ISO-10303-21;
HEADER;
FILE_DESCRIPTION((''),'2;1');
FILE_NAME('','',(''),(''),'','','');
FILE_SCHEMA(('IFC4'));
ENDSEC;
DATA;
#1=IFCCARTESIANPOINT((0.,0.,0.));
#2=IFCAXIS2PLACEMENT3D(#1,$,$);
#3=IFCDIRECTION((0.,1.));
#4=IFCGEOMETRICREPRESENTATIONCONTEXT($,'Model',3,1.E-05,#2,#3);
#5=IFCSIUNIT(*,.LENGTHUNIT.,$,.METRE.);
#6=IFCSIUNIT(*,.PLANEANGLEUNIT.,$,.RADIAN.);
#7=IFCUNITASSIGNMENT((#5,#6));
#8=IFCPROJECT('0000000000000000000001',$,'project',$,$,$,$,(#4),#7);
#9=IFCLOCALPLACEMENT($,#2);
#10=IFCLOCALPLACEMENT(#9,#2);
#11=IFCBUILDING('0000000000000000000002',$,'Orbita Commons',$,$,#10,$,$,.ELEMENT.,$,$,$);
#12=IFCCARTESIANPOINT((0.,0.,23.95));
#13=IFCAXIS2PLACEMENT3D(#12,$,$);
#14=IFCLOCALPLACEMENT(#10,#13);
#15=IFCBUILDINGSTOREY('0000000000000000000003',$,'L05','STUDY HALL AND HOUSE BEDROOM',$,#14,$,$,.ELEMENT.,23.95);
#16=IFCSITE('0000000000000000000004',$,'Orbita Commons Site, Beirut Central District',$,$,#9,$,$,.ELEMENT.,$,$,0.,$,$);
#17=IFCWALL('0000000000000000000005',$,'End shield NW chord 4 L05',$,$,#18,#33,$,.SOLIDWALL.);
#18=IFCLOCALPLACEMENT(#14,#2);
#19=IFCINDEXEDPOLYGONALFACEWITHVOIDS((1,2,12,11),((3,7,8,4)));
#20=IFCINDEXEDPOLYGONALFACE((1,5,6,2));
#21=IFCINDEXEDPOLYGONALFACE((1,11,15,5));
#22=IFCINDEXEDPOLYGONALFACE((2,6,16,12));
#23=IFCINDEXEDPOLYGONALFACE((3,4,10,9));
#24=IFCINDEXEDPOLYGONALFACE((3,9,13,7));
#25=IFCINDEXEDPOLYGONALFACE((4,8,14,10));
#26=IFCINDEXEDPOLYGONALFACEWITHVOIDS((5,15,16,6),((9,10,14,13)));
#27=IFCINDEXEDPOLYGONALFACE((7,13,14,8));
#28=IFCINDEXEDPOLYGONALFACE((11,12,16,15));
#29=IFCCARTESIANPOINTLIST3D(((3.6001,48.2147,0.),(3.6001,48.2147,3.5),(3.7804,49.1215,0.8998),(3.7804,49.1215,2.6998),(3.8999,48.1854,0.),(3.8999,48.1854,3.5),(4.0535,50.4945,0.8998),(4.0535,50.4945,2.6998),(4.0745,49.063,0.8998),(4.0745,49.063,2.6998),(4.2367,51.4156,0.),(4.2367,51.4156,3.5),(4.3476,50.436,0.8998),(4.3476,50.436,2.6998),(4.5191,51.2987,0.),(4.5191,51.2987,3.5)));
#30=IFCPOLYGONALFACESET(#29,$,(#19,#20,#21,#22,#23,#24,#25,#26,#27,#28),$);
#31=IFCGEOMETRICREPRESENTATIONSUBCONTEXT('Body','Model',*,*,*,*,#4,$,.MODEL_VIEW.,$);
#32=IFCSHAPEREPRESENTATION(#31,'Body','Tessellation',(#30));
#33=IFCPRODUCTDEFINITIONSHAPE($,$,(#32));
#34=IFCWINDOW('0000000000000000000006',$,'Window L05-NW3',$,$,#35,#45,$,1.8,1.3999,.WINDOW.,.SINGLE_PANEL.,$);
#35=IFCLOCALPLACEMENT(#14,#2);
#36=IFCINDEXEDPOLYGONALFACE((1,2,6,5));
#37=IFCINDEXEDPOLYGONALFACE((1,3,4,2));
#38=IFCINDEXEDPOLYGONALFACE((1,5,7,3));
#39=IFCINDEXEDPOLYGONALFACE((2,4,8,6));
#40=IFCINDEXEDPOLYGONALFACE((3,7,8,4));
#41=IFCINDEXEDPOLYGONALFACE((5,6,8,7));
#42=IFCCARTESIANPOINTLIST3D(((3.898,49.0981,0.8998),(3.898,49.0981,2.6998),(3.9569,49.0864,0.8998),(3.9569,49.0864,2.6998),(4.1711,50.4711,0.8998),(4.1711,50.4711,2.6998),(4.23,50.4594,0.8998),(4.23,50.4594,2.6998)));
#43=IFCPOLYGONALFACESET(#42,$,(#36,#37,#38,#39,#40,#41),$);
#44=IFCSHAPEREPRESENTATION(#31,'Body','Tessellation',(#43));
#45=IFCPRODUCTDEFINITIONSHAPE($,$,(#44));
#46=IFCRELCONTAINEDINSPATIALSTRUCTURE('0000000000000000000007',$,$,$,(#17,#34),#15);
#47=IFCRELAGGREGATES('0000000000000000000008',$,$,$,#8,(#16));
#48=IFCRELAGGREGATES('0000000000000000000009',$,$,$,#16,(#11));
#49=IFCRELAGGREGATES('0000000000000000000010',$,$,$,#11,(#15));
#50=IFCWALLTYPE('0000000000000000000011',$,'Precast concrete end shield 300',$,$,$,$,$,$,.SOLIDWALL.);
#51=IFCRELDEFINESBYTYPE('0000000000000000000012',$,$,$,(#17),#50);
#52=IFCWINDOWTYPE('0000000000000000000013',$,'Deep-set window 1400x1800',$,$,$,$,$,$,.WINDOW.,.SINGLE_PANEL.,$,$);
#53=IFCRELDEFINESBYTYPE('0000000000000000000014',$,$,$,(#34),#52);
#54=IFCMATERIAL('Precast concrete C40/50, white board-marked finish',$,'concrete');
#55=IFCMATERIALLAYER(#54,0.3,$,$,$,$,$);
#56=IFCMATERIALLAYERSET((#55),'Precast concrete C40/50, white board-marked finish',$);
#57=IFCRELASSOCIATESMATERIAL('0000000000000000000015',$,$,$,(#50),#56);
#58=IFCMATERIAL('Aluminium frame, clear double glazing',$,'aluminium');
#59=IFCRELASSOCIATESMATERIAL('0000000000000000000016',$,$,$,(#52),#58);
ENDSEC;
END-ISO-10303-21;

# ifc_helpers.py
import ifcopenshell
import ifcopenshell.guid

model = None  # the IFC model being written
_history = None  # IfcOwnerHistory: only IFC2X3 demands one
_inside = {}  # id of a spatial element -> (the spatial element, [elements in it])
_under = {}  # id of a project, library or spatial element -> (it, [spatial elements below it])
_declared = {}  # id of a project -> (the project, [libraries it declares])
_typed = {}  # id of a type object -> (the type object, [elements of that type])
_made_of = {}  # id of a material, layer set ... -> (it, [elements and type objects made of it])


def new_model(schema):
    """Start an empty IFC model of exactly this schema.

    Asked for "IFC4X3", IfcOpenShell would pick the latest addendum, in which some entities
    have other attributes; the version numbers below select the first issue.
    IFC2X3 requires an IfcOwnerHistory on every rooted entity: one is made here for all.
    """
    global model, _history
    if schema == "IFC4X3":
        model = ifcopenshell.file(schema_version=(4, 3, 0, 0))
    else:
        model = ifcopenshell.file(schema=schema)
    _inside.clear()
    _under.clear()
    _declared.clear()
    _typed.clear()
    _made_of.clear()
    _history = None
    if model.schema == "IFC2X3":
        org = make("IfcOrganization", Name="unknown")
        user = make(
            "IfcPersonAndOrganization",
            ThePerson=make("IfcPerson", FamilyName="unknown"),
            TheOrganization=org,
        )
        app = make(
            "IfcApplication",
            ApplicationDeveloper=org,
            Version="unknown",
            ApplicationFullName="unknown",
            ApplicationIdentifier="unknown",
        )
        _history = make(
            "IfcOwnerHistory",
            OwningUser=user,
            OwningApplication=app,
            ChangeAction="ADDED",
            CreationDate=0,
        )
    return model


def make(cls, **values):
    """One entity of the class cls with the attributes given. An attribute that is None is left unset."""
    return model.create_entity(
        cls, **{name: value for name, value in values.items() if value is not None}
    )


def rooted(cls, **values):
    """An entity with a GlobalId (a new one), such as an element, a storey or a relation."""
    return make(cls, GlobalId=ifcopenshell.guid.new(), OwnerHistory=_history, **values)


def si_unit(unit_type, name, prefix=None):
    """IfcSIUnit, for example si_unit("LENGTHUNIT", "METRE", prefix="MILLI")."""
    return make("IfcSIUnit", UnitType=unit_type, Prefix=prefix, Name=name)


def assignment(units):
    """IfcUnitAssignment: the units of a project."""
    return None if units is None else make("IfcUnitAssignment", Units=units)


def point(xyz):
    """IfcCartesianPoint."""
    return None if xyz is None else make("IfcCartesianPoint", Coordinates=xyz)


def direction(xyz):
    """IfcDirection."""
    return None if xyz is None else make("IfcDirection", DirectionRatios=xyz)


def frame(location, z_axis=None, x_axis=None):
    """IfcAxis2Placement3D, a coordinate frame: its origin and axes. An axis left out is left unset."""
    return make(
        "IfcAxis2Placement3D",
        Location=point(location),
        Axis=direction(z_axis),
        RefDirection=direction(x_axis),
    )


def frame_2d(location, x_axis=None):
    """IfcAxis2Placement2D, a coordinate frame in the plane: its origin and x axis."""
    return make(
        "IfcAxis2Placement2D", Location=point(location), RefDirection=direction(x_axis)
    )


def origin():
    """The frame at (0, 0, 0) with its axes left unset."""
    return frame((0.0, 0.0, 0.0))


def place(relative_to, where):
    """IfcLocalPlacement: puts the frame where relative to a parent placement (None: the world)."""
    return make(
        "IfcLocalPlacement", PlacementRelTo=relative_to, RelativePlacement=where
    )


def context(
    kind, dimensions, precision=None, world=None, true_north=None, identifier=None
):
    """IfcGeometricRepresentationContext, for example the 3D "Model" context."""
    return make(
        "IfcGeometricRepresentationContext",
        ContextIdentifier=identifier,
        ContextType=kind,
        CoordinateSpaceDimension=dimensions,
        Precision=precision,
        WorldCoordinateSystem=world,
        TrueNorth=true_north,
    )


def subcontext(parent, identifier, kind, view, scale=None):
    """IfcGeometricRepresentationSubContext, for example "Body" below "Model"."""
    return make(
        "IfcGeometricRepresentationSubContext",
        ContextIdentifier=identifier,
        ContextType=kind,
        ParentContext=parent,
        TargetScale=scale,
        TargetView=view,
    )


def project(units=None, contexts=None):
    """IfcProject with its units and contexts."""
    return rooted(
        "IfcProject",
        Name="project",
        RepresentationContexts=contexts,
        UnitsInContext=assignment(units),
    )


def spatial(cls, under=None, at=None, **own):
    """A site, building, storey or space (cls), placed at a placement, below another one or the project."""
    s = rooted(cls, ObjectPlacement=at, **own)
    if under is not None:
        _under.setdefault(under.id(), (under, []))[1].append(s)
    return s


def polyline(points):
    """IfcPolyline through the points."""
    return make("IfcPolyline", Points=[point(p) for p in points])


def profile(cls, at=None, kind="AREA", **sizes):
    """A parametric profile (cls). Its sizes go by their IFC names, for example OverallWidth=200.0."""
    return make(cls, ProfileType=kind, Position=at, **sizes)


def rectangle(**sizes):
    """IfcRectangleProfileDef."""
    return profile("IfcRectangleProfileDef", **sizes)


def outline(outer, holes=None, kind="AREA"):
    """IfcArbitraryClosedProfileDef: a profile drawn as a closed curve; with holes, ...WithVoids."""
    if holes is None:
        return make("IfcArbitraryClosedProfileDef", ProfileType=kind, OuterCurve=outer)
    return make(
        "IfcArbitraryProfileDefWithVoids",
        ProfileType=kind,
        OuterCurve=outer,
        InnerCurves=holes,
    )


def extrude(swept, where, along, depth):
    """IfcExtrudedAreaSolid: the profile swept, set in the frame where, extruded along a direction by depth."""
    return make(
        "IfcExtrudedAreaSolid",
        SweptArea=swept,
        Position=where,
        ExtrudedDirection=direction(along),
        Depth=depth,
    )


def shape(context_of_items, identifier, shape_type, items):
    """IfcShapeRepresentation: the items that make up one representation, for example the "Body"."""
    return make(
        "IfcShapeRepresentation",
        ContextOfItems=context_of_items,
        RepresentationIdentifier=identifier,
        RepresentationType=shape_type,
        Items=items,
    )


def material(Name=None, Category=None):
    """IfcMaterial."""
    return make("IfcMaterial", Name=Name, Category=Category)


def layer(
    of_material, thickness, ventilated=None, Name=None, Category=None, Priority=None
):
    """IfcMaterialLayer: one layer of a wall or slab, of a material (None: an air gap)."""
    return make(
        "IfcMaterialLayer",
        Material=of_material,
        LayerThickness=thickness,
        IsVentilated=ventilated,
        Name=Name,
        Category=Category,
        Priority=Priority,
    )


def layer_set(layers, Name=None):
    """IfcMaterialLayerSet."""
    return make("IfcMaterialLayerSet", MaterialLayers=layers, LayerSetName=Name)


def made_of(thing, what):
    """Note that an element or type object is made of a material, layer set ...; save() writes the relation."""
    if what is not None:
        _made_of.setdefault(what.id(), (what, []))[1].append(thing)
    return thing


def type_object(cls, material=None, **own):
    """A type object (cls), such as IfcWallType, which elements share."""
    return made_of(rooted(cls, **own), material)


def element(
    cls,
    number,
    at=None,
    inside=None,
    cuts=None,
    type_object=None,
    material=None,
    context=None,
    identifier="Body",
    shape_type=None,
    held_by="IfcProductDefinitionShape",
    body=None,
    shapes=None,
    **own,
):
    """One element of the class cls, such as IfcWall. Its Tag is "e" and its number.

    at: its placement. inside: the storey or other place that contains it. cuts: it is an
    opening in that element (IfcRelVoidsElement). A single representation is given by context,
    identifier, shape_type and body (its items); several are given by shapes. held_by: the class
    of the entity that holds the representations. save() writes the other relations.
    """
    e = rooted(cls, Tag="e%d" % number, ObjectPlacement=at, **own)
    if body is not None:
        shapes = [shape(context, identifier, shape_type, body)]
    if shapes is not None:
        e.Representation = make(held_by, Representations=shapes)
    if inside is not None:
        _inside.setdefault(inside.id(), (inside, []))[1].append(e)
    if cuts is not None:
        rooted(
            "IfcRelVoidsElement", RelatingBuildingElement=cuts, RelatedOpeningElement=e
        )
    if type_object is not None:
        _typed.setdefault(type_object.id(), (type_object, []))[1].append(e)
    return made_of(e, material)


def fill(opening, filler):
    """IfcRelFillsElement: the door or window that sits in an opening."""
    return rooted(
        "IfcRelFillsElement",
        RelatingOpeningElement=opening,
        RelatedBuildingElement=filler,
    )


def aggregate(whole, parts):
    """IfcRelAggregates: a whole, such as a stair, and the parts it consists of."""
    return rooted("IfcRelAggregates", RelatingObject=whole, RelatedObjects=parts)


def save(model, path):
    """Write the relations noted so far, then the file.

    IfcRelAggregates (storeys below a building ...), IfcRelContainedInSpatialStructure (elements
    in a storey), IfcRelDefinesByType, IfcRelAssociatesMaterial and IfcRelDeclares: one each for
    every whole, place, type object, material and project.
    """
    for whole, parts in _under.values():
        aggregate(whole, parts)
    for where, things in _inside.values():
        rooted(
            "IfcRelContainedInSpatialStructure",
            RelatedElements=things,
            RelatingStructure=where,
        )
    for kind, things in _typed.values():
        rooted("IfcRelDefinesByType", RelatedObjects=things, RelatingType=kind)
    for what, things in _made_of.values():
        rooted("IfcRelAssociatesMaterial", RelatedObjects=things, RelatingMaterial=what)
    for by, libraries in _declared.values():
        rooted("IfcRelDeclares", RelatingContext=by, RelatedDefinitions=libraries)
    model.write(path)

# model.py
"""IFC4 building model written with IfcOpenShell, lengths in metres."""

from ifc_helpers import new_model, si_unit, direction, frame, frame_2d, origin, place, context, subcontext, project, spatial, polyline, rectangle, outline, extrude, material, layer, layer_set, type_object, element, fill, save


model = new_model("IFC4")

# Units and contexts
model_context = context("Model", 3, precision=1e-05, world=origin(), true_north=direction((0.0, 1.0)))
body_context = subcontext(model_context, "Body", "Model", "MODEL_VIEW")
ifc_project = project(units=[si_unit("LENGTHUNIT", "METRE"), si_unit("PLANEANGLEUNIT", "RADIAN")], contexts=[model_context])

# Site, building, storey
site_placement = place(None, origin())
site = spatial("IfcSite", under=ifc_project, at=site_placement, Name="Orbita Commons Site, Beirut Central District", CompositionType="ELEMENT", RefElevation=0.0)
building_placement = place(site_placement, origin())
building = spatial("IfcBuilding", under=site, at=building_placement, Name="Orbita Commons", CompositionType="ELEMENT")
storey_placement = place(building_placement, frame((0.0, 0.0, 23.95)))
storey = spatial("IfcBuildingStorey", under=building, at=storey_placement, Name="L05", Description="STUDY HALL AND HOUSE BEDROOM", CompositionType="ELEMENT", Elevation=23.95)

# Shared definitions
ifc_material_1 = material(Name="Precast concrete C40/50, white board-marked finish", Category="concrete")
ifc_layer_1 = layer(ifc_material_1, 0.3)
ifc_layer_set_1 = layer_set([ifc_layer_1], Name="Precast concrete C40/50, white board-marked finish")
wall_type_1 = type_object("IfcWallType", Name="Precast concrete end shield 300", PredefinedType="SOLIDWALL", material=ifc_layer_set_1)

# Wall, opening, window
wall_1_placement = place(storey_placement, frame((4.3779, 51.3572, 0.0), z_axis=(0.0, 0.0, 1.0), x_axis=(-0.195066, -0.98079, 0.0)))
wall_1 = element("IfcWall", 1, at=wall_1_placement, inside=storey, type_object=wall_type_1, Name="End shield NW chord 4 L05", PredefinedType="SOLIDWALL", context=body_context, shape_type="SweptSolid", body=[
    extrude(outline(polyline([(-0.0298, -0.1499), (3.2339, -0.1499), (3.2041, 0.1499), (0.0298, 0.1499), (-0.0298, -0.1499)])), origin(), (0.0, 0.0, 1.0), 3.5),
])
opening_1_placement = place(wall_1_placement, frame((0.9094, 0.0, 0.8999)))
opening_1 = element("IfcOpeningElement", 2, at=opening_1_placement, cuts=wall_1, PredefinedType="OPENING", context=body_context, shape_type="SweptSolid", body=[
    extrude(rectangle(XDim=1.3999, YDim=1.8, at=frame_2d((0.7, 0.8999))), frame((0.0, 0.1599, 0.0), z_axis=(0.0, -1.0, 0.0), x_axis=(1.0, 0.0, 0.0)), (0.0, 0.0, 1.0), 0.3201),
])
ifc_material_2 = material(Name="Aluminium frame, clear double glazing", Category="aluminium")
window_type_1 = type_object("IfcWindowType", Name="Deep-set window 1400x1800", PartitioningType="SINGLE_PANEL", PredefinedType="WINDOW", material=ifc_material_2)
window_1_placement = place(opening_1_placement, origin())
window_1 = element("IfcWindow", 3, at=window_1_placement, inside=storey, type_object=window_type_1, Name="Window L05-NW3", OverallHeight=1.8, OverallWidth=1.3999, PartitioningType="SINGLE_PANEL", PredefinedType="WINDOW", context=body_context, shape_type="SweptSolid", body=[
    extrude(rectangle(XDim=1.3999, YDim=1.8, at=frame_2d((0.7, 0.8999))), frame((0.0, 0.03, 0.0), z_axis=(0.0, -1.0, 0.0), x_axis=(1.0, 0.0, 0.0)), (0.0, 0.0, 1.0), 0.0601),
])
fill(opening_1, window_1)

save(model, "model.ifc")
